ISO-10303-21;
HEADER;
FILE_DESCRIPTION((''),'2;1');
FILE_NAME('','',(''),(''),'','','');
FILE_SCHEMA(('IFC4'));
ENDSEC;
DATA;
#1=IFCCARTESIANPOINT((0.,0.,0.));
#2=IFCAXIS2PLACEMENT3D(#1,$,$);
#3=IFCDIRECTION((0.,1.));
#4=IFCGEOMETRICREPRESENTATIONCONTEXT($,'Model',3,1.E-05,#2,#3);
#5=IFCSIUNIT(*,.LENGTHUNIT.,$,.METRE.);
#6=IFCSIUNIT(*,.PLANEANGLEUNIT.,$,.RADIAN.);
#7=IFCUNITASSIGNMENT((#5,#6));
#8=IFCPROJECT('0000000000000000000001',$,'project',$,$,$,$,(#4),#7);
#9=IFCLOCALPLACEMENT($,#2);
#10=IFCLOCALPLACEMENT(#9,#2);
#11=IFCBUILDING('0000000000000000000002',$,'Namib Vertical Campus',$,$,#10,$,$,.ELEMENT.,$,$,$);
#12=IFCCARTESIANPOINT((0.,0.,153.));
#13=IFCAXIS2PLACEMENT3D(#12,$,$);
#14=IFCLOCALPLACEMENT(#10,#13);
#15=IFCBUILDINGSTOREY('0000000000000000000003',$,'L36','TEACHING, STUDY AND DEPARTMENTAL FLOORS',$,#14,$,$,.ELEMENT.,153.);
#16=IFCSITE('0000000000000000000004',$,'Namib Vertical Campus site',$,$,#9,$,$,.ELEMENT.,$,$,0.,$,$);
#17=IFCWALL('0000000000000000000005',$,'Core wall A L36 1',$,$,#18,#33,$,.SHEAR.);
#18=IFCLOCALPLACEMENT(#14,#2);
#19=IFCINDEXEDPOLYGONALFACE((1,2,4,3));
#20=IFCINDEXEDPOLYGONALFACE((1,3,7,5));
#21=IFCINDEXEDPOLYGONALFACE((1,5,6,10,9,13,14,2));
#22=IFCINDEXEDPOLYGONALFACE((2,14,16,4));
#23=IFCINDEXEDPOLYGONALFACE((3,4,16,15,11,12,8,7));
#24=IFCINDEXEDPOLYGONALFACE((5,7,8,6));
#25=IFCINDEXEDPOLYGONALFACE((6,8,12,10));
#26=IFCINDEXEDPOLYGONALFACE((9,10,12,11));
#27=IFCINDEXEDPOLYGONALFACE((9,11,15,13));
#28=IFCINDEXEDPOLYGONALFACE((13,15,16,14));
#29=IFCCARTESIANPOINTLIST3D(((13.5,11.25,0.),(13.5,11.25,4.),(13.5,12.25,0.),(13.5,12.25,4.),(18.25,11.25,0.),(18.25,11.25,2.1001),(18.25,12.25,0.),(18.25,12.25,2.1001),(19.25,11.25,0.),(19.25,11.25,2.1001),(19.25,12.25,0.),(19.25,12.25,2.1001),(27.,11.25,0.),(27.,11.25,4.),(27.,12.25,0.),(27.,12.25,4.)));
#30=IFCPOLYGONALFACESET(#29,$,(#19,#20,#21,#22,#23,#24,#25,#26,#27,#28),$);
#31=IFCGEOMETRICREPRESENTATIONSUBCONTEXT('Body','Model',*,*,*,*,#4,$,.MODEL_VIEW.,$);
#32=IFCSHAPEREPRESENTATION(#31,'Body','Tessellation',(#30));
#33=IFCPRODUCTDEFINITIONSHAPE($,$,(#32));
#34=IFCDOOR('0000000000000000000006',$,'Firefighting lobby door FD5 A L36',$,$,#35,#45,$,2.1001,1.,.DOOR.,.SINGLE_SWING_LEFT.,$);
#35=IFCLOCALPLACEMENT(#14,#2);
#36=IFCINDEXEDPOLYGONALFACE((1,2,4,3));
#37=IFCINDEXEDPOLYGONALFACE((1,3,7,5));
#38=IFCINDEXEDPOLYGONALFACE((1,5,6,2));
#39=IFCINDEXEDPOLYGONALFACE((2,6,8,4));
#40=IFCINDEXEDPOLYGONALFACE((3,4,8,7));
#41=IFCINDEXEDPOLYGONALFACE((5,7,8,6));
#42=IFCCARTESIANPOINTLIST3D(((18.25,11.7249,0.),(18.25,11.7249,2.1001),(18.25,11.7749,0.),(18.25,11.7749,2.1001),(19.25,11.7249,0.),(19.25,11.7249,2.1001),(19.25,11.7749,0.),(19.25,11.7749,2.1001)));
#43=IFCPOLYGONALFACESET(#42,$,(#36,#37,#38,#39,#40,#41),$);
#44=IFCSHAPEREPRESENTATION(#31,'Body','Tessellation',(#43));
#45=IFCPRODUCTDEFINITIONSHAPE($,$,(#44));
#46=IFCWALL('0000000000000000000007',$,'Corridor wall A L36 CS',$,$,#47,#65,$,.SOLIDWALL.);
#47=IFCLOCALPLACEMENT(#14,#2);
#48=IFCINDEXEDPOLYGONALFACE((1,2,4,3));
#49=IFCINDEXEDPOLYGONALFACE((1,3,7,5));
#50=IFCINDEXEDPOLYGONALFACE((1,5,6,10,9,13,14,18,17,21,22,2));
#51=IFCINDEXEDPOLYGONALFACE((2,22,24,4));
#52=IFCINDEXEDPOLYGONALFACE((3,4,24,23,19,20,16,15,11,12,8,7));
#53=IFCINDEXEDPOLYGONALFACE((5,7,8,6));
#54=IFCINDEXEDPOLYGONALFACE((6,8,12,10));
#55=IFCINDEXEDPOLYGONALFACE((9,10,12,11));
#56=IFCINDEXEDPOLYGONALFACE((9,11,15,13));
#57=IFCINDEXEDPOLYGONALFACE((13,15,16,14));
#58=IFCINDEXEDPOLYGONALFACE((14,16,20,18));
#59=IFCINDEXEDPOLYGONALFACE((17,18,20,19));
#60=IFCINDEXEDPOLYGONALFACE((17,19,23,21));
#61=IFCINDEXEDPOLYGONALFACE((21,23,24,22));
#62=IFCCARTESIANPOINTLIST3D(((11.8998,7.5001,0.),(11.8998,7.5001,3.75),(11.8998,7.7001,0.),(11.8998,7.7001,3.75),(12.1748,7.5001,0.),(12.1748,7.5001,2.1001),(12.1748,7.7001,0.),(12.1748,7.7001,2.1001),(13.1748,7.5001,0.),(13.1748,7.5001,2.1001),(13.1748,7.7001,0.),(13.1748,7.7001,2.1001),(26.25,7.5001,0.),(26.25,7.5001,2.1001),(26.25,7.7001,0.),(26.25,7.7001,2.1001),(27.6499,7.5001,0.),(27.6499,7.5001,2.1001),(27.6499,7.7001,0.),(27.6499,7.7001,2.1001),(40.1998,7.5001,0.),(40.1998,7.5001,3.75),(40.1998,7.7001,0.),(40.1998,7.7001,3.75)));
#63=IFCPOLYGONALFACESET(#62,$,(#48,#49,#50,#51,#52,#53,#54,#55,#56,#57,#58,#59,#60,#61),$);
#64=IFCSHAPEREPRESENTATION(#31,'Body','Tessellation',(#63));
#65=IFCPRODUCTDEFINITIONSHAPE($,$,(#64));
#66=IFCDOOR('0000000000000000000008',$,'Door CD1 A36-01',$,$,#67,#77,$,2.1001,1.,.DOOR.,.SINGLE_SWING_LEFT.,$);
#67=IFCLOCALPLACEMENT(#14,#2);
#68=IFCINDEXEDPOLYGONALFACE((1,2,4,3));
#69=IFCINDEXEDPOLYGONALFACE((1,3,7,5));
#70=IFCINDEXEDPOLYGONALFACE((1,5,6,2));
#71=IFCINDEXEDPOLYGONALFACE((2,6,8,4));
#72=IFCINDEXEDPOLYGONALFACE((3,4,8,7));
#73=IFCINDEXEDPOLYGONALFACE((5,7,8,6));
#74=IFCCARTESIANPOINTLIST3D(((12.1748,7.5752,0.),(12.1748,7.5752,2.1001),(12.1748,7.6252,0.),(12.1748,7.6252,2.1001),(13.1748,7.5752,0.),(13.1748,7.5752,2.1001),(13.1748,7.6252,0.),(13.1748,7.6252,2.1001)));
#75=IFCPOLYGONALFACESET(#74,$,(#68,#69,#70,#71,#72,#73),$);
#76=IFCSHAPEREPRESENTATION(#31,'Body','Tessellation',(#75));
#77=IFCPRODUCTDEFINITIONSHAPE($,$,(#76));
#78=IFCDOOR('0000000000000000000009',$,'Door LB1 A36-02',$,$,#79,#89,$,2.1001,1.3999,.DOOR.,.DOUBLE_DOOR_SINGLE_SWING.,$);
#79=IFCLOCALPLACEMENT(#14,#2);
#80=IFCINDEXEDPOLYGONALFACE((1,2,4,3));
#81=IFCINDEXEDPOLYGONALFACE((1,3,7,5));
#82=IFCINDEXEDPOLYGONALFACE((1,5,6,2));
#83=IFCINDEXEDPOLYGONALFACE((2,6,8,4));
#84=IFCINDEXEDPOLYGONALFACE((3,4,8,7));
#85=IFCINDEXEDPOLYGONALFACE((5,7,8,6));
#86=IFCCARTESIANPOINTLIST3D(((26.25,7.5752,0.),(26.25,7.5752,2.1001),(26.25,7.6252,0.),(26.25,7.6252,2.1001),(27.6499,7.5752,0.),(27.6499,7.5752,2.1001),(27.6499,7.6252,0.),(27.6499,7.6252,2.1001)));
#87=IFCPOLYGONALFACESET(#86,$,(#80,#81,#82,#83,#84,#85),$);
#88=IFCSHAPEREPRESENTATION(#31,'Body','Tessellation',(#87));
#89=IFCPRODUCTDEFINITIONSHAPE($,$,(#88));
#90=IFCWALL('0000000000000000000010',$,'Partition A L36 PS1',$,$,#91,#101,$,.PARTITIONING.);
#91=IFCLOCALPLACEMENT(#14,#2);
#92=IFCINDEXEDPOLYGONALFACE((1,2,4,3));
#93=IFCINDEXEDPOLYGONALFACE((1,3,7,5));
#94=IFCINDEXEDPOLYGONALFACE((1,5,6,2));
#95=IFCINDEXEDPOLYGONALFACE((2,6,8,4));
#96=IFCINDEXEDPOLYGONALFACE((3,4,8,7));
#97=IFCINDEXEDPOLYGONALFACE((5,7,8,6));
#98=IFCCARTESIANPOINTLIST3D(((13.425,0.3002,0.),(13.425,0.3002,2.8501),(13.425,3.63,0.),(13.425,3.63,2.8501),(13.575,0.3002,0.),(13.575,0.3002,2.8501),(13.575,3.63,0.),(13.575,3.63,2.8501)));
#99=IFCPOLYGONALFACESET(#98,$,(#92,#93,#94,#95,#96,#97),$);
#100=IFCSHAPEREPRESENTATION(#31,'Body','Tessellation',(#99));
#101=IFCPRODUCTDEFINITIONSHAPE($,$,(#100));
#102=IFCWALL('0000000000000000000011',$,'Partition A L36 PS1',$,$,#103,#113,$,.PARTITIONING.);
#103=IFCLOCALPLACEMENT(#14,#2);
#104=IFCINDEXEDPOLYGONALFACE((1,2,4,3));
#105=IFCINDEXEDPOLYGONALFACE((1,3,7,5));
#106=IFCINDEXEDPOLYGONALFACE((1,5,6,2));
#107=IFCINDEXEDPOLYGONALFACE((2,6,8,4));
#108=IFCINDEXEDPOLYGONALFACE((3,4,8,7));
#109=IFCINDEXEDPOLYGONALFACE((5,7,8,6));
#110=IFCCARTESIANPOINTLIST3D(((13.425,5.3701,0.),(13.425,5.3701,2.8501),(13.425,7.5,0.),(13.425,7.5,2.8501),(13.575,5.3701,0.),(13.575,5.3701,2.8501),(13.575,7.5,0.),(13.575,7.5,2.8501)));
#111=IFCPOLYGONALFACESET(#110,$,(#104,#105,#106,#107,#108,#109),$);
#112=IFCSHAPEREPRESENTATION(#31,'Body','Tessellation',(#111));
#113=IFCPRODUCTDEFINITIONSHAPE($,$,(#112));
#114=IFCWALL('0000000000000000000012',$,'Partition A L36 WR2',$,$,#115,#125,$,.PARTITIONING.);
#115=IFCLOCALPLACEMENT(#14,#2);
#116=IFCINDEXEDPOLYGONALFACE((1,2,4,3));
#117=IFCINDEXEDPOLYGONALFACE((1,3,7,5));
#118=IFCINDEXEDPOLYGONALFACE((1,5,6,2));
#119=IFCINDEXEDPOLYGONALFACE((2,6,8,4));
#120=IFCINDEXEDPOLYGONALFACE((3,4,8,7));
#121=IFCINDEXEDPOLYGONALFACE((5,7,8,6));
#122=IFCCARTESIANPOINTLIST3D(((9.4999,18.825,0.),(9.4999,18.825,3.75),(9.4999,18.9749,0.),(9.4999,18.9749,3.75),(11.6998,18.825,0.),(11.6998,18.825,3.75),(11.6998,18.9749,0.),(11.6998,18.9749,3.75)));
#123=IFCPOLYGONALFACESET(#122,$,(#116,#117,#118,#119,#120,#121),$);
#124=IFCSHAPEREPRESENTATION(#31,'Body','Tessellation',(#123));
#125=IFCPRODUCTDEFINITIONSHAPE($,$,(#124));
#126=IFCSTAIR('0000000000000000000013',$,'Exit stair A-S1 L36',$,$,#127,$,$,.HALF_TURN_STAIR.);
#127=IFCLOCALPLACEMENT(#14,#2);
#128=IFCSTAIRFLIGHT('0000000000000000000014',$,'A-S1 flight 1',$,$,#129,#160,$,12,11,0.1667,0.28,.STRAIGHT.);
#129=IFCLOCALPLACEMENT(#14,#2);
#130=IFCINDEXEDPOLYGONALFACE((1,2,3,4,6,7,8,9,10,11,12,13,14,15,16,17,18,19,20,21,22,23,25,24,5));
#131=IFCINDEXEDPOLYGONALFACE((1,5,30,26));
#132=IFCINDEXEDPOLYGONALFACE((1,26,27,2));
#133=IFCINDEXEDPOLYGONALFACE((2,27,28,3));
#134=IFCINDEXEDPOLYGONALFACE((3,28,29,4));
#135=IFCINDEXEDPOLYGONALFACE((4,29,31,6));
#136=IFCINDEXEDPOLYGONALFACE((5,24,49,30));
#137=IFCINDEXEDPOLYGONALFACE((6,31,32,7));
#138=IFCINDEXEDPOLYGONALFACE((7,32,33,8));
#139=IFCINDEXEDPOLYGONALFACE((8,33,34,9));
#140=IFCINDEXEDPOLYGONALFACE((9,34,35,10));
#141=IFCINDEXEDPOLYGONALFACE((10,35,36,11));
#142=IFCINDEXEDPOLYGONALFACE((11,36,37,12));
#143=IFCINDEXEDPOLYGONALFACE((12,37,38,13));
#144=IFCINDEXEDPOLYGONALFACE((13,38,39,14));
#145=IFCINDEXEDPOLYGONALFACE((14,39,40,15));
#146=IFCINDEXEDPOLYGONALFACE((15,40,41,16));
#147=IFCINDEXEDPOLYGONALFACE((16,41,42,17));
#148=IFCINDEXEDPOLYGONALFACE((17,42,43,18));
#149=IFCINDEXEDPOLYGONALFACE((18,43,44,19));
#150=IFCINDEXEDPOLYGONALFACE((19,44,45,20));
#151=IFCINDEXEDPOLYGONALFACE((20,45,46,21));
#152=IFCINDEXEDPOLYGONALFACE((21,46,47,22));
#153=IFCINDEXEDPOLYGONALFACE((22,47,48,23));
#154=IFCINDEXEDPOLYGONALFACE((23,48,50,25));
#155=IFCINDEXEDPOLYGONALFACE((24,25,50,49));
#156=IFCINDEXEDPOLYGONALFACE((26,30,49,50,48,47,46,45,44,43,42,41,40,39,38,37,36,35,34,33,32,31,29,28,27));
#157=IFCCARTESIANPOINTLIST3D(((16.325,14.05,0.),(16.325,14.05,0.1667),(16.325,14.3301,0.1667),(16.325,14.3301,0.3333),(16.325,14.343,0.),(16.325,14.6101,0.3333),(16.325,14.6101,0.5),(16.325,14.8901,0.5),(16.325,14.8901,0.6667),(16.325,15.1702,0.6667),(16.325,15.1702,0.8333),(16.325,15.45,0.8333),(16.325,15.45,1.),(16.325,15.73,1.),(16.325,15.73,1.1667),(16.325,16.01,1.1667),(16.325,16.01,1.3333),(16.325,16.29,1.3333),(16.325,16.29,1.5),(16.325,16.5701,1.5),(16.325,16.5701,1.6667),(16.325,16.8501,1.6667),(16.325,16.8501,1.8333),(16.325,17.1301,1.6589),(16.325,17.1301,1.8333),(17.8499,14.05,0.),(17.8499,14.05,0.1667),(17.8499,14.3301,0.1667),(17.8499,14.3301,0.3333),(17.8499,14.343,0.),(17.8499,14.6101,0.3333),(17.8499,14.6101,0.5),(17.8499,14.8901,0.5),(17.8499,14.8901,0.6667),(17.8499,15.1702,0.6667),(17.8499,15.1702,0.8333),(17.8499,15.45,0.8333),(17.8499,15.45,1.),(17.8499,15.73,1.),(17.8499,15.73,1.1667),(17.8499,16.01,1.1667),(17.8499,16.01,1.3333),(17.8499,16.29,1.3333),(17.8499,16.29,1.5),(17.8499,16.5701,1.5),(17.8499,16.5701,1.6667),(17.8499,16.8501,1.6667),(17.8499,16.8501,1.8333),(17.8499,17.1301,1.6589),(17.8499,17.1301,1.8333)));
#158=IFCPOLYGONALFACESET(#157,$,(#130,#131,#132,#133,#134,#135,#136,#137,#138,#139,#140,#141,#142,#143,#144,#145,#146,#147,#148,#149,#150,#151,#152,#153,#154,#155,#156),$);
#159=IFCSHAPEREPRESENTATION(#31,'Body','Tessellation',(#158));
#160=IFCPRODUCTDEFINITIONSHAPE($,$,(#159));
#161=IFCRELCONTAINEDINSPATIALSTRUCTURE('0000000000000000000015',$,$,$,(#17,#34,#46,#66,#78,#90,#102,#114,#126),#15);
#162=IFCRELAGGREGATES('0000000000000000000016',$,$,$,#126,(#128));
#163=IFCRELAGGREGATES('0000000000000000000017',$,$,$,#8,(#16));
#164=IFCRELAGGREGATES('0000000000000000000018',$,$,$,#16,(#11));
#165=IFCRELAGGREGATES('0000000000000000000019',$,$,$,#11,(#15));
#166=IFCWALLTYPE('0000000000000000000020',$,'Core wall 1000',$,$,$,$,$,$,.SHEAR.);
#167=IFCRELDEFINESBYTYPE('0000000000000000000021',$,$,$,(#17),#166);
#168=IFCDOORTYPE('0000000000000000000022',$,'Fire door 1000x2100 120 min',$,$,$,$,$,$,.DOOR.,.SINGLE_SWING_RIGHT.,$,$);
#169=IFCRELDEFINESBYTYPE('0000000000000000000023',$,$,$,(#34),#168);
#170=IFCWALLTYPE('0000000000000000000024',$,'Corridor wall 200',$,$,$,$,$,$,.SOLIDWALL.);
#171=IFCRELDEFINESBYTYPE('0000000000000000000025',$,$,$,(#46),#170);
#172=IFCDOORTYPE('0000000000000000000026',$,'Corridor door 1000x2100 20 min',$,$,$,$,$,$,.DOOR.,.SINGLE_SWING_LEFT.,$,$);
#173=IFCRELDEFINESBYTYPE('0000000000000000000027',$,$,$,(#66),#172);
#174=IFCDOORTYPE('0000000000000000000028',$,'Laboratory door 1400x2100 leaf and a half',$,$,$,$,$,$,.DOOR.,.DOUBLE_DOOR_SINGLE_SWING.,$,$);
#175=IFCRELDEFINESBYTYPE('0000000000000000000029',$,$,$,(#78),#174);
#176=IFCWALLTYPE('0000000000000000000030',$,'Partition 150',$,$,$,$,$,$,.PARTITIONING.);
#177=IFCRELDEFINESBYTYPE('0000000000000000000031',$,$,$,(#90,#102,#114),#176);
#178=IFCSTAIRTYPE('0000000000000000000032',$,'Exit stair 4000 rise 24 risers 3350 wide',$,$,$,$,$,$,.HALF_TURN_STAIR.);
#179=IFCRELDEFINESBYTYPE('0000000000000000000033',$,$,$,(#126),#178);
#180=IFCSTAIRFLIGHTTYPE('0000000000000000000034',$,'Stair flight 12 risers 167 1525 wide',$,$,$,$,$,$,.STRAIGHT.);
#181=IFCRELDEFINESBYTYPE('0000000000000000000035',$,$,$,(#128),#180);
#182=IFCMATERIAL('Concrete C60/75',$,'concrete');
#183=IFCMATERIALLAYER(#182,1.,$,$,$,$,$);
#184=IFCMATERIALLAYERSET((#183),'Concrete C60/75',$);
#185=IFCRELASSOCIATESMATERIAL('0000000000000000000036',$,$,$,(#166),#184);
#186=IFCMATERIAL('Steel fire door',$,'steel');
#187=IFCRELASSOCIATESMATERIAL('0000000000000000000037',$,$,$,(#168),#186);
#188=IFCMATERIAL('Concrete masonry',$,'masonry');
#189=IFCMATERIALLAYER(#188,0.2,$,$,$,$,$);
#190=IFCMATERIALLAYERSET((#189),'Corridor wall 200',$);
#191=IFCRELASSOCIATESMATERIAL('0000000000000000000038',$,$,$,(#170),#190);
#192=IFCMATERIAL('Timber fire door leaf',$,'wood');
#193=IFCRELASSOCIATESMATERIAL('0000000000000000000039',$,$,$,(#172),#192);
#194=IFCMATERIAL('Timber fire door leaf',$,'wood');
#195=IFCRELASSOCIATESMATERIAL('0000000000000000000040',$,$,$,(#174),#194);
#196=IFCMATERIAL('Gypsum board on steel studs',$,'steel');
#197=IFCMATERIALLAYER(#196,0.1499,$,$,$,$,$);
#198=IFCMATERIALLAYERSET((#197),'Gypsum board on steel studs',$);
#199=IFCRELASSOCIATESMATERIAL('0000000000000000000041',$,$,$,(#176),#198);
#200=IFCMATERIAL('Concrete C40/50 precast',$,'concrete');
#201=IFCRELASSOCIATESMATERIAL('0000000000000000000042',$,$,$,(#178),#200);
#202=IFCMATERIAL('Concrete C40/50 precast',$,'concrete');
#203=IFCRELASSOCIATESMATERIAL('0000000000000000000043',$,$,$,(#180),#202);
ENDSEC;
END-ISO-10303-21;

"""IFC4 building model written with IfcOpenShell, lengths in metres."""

from ifc_helpers import new_model, si_unit, direction, frame, frame_2d, origin, place, context, subcontext, project, spatial, polyline, rectangle, outline, extrude, material, layer, layer_set, type_object, element, fill, aggregate, save


model = new_model("IFC4")

# Units and contexts
model_context = context("Model", 3, precision=1e-05, world=origin(), true_north=direction((0.0, 1.0)))
body_context = subcontext(model_context, "Body", "Model", "MODEL_VIEW")
ifc_project = project(units=[si_unit("LENGTHUNIT", "METRE"), si_unit("PLANEANGLEUNIT", "RADIAN")], contexts=[model_context])

# Site, building, storey
site_placement = place(None, origin())
site = spatial("IfcSite", under=ifc_project, at=site_placement, Name="Namib Vertical Campus site", CompositionType="ELEMENT", RefElevation=0.0)
building_placement = place(site_placement, origin())
building = spatial("IfcBuilding", under=site, at=building_placement, Name="Namib Vertical Campus", CompositionType="ELEMENT")
storey_placement = place(building_placement, frame((0.0, 0.0, 153.0)))
storey = spatial("IfcBuildingStorey", under=building, at=storey_placement, Name="L36", Description="TEACHING, STUDY AND DEPARTMENTAL FLOORS", CompositionType="ELEMENT", Elevation=153.0)

# Wall, opening, door
ifc_material_1 = material(Name="Concrete C60/75", Category="concrete")
ifc_layer_1 = layer(ifc_material_1, 1.0)
ifc_layer_set_1 = layer_set([ifc_layer_1], Name="Concrete C60/75")
wall_type_1 = type_object("IfcWallType", Name="Core wall 1000", PredefinedType="SHEAR", material=ifc_layer_set_1)
wall_1_placement = place(storey_placement, frame((13.5, 11.75, 0.0), z_axis=(0.0, 0.0, 1.0), x_axis=(1.0, 0.0, 0.0)))
wall_1 = element("IfcWall", 1, at=wall_1_placement, inside=storey, type_object=wall_type_1, Name="Core wall A L36 1", PredefinedType="SHEAR", context=body_context, shape_type="SweptSolid", body=[
    extrude(rectangle(XDim=13.5, YDim=1.0, at=frame_2d((6.75, 0.0))), origin(), (0.0, 0.0, 1.0), 4.0),
])
opening_1_placement = place(wall_1_placement, frame((4.75, 0.0, 0.0)))
opening_1 = element("IfcOpeningElement", 2, at=opening_1_placement, cuts=wall_1, PredefinedType="OPENING", context=body_context, shape_type="SweptSolid", body=[
    extrude(rectangle(XDim=1.0, YDim=2.1001, at=frame_2d((0.5, 1.05))), frame((0.0, 0.51, 0.0), z_axis=(0.0, -1.0, 0.0), x_axis=(1.0, 0.0, 0.0)), (0.0, 0.0, 1.0), 1.02),
])
ifc_material_2 = material(Name="Steel fire door", Category="steel")
door_type_1 = type_object("IfcDoorType", Name="Fire door 1000x2100 120 min", OperationType="SINGLE_SWING_RIGHT", PredefinedType="DOOR", material=ifc_material_2)
door_1_placement = place(opening_1_placement, origin())
door_1 = element("IfcDoor", 3, at=door_1_placement, inside=storey, type_object=door_type_1, Name="Firefighting lobby door FD5 A L36", OperationType="SINGLE_SWING_LEFT", OverallHeight=2.1001, OverallWidth=1.0, PredefinedType="DOOR", context=body_context, shape_type="SweptSolid", body=[
    extrude(rectangle(XDim=1.0, YDim=2.1001, at=frame_2d((0.5, 1.05))), frame((0.0, 0.0249, 0.0), z_axis=(0.0, -1.0, 0.0), x_axis=(1.0, 0.0, 0.0)), (0.0, 0.0, 1.0), 0.05),
])
fill(opening_1, door_1)

# Wall, openings, doors
ifc_material_3 = material(Name="Concrete masonry", Category="masonry")
ifc_layer_2 = layer(ifc_material_3, 0.2)
ifc_layer_set_2 = layer_set([ifc_layer_2], Name="Corridor wall 200")
wall_type_2 = type_object("IfcWallType", Name="Corridor wall 200", PredefinedType="SOLIDWALL", material=ifc_layer_set_2)
wall_2_placement = place(storey_placement, frame((11.8999, 7.6001, 0.0), z_axis=(0.0, 0.0, 1.0), x_axis=(1.0, 0.0, 0.0)))
wall_2 = element("IfcWall", 4, at=wall_2_placement, inside=storey, type_object=wall_type_2, Name="Corridor wall A L36 CS", PredefinedType="SOLIDWALL", context=body_context, shape_type="SweptSolid", body=[
    extrude(rectangle(XDim=28.3, YDim=0.2, at=frame_2d((14.1499, 0.0))), origin(), (0.0, 0.0, 1.0), 3.75),
])
opening_2_placement = place(wall_2_placement, frame((0.2749, 0.0, 0.0)))
opening_2 = element("IfcOpeningElement", 5, at=opening_2_placement, cuts=wall_2, PredefinedType="OPENING", context=body_context, shape_type="SweptSolid", body=[
    extrude(rectangle(XDim=1.0, YDim=2.1001, at=frame_2d((0.5, 1.05))), frame((0.0, 0.1099, 0.0), z_axis=(0.0, -1.0, 0.0), x_axis=(1.0, 0.0, 0.0)), (0.0, 0.0, 1.0), 0.22),
])
opening_3_placement = place(wall_2_placement, frame((14.3501, 0.0, 0.0)))
opening_3 = element("IfcOpeningElement", 6, at=opening_3_placement, cuts=wall_2, PredefinedType="OPENING", context=body_context, shape_type="SweptSolid", body=[
    extrude(rectangle(XDim=1.3999, YDim=2.1001, at=frame_2d((0.7, 1.05))), frame((0.0, 0.1099, 0.0), z_axis=(0.0, -1.0, 0.0), x_axis=(1.0, 0.0, 0.0)), (0.0, 0.0, 1.0), 0.22),
])
ifc_material_4 = material(Name="Timber fire door leaf", Category="wood")
door_type_2 = type_object("IfcDoorType", Name="Corridor door 1000x2100 20 min", OperationType="SINGLE_SWING_LEFT", PredefinedType="DOOR", material=ifc_material_4)
door_2_placement = place(opening_2_placement, frame((1.0, 0.0, 0.0), z_axis=(0.0, 0.0, 1.0), x_axis=(-1.0, 0.0, 0.0)))
door_2 = element("IfcDoor", 7, at=door_2_placement, inside=storey, type_object=door_type_2, Name="Door CD1 A36-01", OperationType="SINGLE_SWING_LEFT", OverallHeight=2.1001, OverallWidth=1.0, PredefinedType="DOOR", context=body_context, shape_type="SweptSolid", body=[
    extrude(rectangle(XDim=1.0, YDim=2.1001, at=frame_2d((0.5, 1.05))), frame((0.0, 0.0249, 0.0), z_axis=(0.0, -1.0, 0.0), x_axis=(1.0, 0.0, 0.0)), (0.0, 0.0, 1.0), 0.05),
])
fill(opening_2, door_2)
ifc_material_5 = material(Name="Timber fire door leaf", Category="wood")
door_type_3 = type_object("IfcDoorType", Name="Laboratory door 1400x2100 leaf and a half", OperationType="DOUBLE_DOOR_SINGLE_SWING", PredefinedType="DOOR", material=ifc_material_5)
door_3_placement = place(opening_3_placement, frame((1.3999, 0.0, 0.0), z_axis=(0.0, 0.0, 1.0), x_axis=(-1.0, 0.0, 0.0)))
door_3 = element("IfcDoor", 8, at=door_3_placement, inside=storey, type_object=door_type_3, Name="Door LB1 A36-02", OperationType="DOUBLE_DOOR_SINGLE_SWING", OverallHeight=2.1001, OverallWidth=1.3999, PredefinedType="DOOR", context=body_context, shape_type="SweptSolid", body=[
    extrude(rectangle(XDim=1.3999, YDim=2.1001, at=frame_2d((0.7, 1.05))), frame((0.0, 0.0249, 0.0), z_axis=(0.0, -1.0, 0.0), x_axis=(1.0, 0.0, 0.0)), (0.0, 0.0, 1.0), 0.05),
])
fill(opening_3, door_3)

# Walls
ifc_material_6 = material(Name="Gypsum board on steel studs", Category="steel")
ifc_layer_3 = layer(ifc_material_6, 0.1499)
ifc_layer_set_3 = layer_set([ifc_layer_3], Name="Gypsum board on steel studs")
wall_type_3 = type_object("IfcWallType", Name="Partition 150", PredefinedType="PARTITIONING", material=ifc_layer_set_3)
wall_3_placement = place(storey_placement, frame((13.5, 0.3, 0.0), z_axis=(0.0, 0.0, 1.0), x_axis=(0.0, 1.0, 0.0)))
element("IfcWall", 9, at=wall_3_placement, inside=storey, type_object=wall_type_3, Name="Partition A L36 PS1", PredefinedType="PARTITIONING", context=body_context, shape_type="SweptSolid", body=[
    extrude(rectangle(XDim=3.3298, YDim=0.1499, at=frame_2d((1.665, 0.0))), origin(), (0.0, 0.0, 1.0), 2.8501),
])
wall_4_placement = place(storey_placement, frame((13.5, 5.3701, 0.0), z_axis=(0.0, 0.0, 1.0), x_axis=(0.0, 1.0, 0.0)))
element("IfcWall", 10, at=wall_4_placement, inside=storey, type_object=wall_type_3, Name="Partition A L36 PS1", PredefinedType="PARTITIONING", context=body_context, shape_type="SweptSolid", body=[
    extrude(rectangle(XDim=2.1299, YDim=0.1499, at=frame_2d((1.0649, 0.0))), origin(), (0.0, 0.0, 1.0), 2.8501),
])
wall_5_placement = place(storey_placement, frame((11.7, 18.8999, 0.0), z_axis=(0.0, 0.0, 1.0), x_axis=(-1.0, 0.0, 0.0)))
element("IfcWall", 11, at=wall_5_placement, inside=storey, type_object=wall_type_3, Name="Partition A L36 WR2", PredefinedType="PARTITIONING", context=body_context, shape_type="SweptSolid", body=[
    extrude(rectangle(XDim=2.2, YDim=0.1499, at=frame_2d((1.1001, 0.0))), origin(), (0.0, 0.0, 1.0), 3.75),
])

# Stair, stair flight
ifc_material_7 = material(Name="Concrete C40/50 precast", Category="concrete")
stair_type = type_object("IfcStairType", Name="Exit stair 4000 rise 24 risers 3350 wide", PredefinedType="HALF_TURN_STAIR", material=ifc_material_7)
stair_placement = place(storey_placement, origin())
stair = element("IfcStair", 12, at=stair_placement, inside=storey, type_object=stair_type, Name="Exit stair A-S1 L36", PredefinedType="HALF_TURN_STAIR")
ifc_material_8 = material(Name="Concrete C40/50 precast", Category="concrete")
stair_flight_type = type_object("IfcStairFlightType", Name="Stair flight 12 risers 167 1525 wide", PredefinedType="STRAIGHT", material=ifc_material_8)
stair_flight_1_placement = place(storey_placement, frame((17.0874, 14.05, 0.0), z_axis=(0.0, 0.0, 1.0), x_axis=(0.0, 1.0, 0.0)))
stair_flight_1 = element("IfcStairFlight", 13, at=stair_flight_1_placement, type_object=stair_flight_type, Name="A-S1 flight 1", NumberOfRisers=12, NumberOfTreads=11, PredefinedType="STRAIGHT", RiserHeight=0.1667, TreadLength=0.28, context=body_context, shape_type="SweptSolid", body=[
    extrude(outline(polyline([(0.0, 0.0), (0.0, 0.1667), (0.28, 0.1667), (0.28, 0.3333), (0.5601, 0.3333), (0.5601, 0.5), (0.8401, 0.5), (0.8401, 0.6667), (1.1201, 0.6667), (1.1201, 0.8333), (1.3999, 0.8333), (1.3999, 1.0), (1.6799, 1.0), (1.6799, 1.1667), (1.96, 1.1667), (1.96, 1.3333), (2.24, 1.3333), (2.24, 1.5), (2.52, 1.5), (2.52, 1.6667), (2.8, 1.6667), (2.8, 1.8333), (3.0801, 1.8333), (3.0801, 2.0), (3.0801, 1.6589), (0.293, 0.0), (0.0, 0.0)])), frame((0.0, 0.7625, 0.0), z_axis=(0.0, -1.0, 0.0), x_axis=(1.0, 0.0, 0.0)), (0.0, 0.0, 1.0), 1.5249),
])
aggregate(stair, [stair_flight_1])

save(model, "model.ifc")
